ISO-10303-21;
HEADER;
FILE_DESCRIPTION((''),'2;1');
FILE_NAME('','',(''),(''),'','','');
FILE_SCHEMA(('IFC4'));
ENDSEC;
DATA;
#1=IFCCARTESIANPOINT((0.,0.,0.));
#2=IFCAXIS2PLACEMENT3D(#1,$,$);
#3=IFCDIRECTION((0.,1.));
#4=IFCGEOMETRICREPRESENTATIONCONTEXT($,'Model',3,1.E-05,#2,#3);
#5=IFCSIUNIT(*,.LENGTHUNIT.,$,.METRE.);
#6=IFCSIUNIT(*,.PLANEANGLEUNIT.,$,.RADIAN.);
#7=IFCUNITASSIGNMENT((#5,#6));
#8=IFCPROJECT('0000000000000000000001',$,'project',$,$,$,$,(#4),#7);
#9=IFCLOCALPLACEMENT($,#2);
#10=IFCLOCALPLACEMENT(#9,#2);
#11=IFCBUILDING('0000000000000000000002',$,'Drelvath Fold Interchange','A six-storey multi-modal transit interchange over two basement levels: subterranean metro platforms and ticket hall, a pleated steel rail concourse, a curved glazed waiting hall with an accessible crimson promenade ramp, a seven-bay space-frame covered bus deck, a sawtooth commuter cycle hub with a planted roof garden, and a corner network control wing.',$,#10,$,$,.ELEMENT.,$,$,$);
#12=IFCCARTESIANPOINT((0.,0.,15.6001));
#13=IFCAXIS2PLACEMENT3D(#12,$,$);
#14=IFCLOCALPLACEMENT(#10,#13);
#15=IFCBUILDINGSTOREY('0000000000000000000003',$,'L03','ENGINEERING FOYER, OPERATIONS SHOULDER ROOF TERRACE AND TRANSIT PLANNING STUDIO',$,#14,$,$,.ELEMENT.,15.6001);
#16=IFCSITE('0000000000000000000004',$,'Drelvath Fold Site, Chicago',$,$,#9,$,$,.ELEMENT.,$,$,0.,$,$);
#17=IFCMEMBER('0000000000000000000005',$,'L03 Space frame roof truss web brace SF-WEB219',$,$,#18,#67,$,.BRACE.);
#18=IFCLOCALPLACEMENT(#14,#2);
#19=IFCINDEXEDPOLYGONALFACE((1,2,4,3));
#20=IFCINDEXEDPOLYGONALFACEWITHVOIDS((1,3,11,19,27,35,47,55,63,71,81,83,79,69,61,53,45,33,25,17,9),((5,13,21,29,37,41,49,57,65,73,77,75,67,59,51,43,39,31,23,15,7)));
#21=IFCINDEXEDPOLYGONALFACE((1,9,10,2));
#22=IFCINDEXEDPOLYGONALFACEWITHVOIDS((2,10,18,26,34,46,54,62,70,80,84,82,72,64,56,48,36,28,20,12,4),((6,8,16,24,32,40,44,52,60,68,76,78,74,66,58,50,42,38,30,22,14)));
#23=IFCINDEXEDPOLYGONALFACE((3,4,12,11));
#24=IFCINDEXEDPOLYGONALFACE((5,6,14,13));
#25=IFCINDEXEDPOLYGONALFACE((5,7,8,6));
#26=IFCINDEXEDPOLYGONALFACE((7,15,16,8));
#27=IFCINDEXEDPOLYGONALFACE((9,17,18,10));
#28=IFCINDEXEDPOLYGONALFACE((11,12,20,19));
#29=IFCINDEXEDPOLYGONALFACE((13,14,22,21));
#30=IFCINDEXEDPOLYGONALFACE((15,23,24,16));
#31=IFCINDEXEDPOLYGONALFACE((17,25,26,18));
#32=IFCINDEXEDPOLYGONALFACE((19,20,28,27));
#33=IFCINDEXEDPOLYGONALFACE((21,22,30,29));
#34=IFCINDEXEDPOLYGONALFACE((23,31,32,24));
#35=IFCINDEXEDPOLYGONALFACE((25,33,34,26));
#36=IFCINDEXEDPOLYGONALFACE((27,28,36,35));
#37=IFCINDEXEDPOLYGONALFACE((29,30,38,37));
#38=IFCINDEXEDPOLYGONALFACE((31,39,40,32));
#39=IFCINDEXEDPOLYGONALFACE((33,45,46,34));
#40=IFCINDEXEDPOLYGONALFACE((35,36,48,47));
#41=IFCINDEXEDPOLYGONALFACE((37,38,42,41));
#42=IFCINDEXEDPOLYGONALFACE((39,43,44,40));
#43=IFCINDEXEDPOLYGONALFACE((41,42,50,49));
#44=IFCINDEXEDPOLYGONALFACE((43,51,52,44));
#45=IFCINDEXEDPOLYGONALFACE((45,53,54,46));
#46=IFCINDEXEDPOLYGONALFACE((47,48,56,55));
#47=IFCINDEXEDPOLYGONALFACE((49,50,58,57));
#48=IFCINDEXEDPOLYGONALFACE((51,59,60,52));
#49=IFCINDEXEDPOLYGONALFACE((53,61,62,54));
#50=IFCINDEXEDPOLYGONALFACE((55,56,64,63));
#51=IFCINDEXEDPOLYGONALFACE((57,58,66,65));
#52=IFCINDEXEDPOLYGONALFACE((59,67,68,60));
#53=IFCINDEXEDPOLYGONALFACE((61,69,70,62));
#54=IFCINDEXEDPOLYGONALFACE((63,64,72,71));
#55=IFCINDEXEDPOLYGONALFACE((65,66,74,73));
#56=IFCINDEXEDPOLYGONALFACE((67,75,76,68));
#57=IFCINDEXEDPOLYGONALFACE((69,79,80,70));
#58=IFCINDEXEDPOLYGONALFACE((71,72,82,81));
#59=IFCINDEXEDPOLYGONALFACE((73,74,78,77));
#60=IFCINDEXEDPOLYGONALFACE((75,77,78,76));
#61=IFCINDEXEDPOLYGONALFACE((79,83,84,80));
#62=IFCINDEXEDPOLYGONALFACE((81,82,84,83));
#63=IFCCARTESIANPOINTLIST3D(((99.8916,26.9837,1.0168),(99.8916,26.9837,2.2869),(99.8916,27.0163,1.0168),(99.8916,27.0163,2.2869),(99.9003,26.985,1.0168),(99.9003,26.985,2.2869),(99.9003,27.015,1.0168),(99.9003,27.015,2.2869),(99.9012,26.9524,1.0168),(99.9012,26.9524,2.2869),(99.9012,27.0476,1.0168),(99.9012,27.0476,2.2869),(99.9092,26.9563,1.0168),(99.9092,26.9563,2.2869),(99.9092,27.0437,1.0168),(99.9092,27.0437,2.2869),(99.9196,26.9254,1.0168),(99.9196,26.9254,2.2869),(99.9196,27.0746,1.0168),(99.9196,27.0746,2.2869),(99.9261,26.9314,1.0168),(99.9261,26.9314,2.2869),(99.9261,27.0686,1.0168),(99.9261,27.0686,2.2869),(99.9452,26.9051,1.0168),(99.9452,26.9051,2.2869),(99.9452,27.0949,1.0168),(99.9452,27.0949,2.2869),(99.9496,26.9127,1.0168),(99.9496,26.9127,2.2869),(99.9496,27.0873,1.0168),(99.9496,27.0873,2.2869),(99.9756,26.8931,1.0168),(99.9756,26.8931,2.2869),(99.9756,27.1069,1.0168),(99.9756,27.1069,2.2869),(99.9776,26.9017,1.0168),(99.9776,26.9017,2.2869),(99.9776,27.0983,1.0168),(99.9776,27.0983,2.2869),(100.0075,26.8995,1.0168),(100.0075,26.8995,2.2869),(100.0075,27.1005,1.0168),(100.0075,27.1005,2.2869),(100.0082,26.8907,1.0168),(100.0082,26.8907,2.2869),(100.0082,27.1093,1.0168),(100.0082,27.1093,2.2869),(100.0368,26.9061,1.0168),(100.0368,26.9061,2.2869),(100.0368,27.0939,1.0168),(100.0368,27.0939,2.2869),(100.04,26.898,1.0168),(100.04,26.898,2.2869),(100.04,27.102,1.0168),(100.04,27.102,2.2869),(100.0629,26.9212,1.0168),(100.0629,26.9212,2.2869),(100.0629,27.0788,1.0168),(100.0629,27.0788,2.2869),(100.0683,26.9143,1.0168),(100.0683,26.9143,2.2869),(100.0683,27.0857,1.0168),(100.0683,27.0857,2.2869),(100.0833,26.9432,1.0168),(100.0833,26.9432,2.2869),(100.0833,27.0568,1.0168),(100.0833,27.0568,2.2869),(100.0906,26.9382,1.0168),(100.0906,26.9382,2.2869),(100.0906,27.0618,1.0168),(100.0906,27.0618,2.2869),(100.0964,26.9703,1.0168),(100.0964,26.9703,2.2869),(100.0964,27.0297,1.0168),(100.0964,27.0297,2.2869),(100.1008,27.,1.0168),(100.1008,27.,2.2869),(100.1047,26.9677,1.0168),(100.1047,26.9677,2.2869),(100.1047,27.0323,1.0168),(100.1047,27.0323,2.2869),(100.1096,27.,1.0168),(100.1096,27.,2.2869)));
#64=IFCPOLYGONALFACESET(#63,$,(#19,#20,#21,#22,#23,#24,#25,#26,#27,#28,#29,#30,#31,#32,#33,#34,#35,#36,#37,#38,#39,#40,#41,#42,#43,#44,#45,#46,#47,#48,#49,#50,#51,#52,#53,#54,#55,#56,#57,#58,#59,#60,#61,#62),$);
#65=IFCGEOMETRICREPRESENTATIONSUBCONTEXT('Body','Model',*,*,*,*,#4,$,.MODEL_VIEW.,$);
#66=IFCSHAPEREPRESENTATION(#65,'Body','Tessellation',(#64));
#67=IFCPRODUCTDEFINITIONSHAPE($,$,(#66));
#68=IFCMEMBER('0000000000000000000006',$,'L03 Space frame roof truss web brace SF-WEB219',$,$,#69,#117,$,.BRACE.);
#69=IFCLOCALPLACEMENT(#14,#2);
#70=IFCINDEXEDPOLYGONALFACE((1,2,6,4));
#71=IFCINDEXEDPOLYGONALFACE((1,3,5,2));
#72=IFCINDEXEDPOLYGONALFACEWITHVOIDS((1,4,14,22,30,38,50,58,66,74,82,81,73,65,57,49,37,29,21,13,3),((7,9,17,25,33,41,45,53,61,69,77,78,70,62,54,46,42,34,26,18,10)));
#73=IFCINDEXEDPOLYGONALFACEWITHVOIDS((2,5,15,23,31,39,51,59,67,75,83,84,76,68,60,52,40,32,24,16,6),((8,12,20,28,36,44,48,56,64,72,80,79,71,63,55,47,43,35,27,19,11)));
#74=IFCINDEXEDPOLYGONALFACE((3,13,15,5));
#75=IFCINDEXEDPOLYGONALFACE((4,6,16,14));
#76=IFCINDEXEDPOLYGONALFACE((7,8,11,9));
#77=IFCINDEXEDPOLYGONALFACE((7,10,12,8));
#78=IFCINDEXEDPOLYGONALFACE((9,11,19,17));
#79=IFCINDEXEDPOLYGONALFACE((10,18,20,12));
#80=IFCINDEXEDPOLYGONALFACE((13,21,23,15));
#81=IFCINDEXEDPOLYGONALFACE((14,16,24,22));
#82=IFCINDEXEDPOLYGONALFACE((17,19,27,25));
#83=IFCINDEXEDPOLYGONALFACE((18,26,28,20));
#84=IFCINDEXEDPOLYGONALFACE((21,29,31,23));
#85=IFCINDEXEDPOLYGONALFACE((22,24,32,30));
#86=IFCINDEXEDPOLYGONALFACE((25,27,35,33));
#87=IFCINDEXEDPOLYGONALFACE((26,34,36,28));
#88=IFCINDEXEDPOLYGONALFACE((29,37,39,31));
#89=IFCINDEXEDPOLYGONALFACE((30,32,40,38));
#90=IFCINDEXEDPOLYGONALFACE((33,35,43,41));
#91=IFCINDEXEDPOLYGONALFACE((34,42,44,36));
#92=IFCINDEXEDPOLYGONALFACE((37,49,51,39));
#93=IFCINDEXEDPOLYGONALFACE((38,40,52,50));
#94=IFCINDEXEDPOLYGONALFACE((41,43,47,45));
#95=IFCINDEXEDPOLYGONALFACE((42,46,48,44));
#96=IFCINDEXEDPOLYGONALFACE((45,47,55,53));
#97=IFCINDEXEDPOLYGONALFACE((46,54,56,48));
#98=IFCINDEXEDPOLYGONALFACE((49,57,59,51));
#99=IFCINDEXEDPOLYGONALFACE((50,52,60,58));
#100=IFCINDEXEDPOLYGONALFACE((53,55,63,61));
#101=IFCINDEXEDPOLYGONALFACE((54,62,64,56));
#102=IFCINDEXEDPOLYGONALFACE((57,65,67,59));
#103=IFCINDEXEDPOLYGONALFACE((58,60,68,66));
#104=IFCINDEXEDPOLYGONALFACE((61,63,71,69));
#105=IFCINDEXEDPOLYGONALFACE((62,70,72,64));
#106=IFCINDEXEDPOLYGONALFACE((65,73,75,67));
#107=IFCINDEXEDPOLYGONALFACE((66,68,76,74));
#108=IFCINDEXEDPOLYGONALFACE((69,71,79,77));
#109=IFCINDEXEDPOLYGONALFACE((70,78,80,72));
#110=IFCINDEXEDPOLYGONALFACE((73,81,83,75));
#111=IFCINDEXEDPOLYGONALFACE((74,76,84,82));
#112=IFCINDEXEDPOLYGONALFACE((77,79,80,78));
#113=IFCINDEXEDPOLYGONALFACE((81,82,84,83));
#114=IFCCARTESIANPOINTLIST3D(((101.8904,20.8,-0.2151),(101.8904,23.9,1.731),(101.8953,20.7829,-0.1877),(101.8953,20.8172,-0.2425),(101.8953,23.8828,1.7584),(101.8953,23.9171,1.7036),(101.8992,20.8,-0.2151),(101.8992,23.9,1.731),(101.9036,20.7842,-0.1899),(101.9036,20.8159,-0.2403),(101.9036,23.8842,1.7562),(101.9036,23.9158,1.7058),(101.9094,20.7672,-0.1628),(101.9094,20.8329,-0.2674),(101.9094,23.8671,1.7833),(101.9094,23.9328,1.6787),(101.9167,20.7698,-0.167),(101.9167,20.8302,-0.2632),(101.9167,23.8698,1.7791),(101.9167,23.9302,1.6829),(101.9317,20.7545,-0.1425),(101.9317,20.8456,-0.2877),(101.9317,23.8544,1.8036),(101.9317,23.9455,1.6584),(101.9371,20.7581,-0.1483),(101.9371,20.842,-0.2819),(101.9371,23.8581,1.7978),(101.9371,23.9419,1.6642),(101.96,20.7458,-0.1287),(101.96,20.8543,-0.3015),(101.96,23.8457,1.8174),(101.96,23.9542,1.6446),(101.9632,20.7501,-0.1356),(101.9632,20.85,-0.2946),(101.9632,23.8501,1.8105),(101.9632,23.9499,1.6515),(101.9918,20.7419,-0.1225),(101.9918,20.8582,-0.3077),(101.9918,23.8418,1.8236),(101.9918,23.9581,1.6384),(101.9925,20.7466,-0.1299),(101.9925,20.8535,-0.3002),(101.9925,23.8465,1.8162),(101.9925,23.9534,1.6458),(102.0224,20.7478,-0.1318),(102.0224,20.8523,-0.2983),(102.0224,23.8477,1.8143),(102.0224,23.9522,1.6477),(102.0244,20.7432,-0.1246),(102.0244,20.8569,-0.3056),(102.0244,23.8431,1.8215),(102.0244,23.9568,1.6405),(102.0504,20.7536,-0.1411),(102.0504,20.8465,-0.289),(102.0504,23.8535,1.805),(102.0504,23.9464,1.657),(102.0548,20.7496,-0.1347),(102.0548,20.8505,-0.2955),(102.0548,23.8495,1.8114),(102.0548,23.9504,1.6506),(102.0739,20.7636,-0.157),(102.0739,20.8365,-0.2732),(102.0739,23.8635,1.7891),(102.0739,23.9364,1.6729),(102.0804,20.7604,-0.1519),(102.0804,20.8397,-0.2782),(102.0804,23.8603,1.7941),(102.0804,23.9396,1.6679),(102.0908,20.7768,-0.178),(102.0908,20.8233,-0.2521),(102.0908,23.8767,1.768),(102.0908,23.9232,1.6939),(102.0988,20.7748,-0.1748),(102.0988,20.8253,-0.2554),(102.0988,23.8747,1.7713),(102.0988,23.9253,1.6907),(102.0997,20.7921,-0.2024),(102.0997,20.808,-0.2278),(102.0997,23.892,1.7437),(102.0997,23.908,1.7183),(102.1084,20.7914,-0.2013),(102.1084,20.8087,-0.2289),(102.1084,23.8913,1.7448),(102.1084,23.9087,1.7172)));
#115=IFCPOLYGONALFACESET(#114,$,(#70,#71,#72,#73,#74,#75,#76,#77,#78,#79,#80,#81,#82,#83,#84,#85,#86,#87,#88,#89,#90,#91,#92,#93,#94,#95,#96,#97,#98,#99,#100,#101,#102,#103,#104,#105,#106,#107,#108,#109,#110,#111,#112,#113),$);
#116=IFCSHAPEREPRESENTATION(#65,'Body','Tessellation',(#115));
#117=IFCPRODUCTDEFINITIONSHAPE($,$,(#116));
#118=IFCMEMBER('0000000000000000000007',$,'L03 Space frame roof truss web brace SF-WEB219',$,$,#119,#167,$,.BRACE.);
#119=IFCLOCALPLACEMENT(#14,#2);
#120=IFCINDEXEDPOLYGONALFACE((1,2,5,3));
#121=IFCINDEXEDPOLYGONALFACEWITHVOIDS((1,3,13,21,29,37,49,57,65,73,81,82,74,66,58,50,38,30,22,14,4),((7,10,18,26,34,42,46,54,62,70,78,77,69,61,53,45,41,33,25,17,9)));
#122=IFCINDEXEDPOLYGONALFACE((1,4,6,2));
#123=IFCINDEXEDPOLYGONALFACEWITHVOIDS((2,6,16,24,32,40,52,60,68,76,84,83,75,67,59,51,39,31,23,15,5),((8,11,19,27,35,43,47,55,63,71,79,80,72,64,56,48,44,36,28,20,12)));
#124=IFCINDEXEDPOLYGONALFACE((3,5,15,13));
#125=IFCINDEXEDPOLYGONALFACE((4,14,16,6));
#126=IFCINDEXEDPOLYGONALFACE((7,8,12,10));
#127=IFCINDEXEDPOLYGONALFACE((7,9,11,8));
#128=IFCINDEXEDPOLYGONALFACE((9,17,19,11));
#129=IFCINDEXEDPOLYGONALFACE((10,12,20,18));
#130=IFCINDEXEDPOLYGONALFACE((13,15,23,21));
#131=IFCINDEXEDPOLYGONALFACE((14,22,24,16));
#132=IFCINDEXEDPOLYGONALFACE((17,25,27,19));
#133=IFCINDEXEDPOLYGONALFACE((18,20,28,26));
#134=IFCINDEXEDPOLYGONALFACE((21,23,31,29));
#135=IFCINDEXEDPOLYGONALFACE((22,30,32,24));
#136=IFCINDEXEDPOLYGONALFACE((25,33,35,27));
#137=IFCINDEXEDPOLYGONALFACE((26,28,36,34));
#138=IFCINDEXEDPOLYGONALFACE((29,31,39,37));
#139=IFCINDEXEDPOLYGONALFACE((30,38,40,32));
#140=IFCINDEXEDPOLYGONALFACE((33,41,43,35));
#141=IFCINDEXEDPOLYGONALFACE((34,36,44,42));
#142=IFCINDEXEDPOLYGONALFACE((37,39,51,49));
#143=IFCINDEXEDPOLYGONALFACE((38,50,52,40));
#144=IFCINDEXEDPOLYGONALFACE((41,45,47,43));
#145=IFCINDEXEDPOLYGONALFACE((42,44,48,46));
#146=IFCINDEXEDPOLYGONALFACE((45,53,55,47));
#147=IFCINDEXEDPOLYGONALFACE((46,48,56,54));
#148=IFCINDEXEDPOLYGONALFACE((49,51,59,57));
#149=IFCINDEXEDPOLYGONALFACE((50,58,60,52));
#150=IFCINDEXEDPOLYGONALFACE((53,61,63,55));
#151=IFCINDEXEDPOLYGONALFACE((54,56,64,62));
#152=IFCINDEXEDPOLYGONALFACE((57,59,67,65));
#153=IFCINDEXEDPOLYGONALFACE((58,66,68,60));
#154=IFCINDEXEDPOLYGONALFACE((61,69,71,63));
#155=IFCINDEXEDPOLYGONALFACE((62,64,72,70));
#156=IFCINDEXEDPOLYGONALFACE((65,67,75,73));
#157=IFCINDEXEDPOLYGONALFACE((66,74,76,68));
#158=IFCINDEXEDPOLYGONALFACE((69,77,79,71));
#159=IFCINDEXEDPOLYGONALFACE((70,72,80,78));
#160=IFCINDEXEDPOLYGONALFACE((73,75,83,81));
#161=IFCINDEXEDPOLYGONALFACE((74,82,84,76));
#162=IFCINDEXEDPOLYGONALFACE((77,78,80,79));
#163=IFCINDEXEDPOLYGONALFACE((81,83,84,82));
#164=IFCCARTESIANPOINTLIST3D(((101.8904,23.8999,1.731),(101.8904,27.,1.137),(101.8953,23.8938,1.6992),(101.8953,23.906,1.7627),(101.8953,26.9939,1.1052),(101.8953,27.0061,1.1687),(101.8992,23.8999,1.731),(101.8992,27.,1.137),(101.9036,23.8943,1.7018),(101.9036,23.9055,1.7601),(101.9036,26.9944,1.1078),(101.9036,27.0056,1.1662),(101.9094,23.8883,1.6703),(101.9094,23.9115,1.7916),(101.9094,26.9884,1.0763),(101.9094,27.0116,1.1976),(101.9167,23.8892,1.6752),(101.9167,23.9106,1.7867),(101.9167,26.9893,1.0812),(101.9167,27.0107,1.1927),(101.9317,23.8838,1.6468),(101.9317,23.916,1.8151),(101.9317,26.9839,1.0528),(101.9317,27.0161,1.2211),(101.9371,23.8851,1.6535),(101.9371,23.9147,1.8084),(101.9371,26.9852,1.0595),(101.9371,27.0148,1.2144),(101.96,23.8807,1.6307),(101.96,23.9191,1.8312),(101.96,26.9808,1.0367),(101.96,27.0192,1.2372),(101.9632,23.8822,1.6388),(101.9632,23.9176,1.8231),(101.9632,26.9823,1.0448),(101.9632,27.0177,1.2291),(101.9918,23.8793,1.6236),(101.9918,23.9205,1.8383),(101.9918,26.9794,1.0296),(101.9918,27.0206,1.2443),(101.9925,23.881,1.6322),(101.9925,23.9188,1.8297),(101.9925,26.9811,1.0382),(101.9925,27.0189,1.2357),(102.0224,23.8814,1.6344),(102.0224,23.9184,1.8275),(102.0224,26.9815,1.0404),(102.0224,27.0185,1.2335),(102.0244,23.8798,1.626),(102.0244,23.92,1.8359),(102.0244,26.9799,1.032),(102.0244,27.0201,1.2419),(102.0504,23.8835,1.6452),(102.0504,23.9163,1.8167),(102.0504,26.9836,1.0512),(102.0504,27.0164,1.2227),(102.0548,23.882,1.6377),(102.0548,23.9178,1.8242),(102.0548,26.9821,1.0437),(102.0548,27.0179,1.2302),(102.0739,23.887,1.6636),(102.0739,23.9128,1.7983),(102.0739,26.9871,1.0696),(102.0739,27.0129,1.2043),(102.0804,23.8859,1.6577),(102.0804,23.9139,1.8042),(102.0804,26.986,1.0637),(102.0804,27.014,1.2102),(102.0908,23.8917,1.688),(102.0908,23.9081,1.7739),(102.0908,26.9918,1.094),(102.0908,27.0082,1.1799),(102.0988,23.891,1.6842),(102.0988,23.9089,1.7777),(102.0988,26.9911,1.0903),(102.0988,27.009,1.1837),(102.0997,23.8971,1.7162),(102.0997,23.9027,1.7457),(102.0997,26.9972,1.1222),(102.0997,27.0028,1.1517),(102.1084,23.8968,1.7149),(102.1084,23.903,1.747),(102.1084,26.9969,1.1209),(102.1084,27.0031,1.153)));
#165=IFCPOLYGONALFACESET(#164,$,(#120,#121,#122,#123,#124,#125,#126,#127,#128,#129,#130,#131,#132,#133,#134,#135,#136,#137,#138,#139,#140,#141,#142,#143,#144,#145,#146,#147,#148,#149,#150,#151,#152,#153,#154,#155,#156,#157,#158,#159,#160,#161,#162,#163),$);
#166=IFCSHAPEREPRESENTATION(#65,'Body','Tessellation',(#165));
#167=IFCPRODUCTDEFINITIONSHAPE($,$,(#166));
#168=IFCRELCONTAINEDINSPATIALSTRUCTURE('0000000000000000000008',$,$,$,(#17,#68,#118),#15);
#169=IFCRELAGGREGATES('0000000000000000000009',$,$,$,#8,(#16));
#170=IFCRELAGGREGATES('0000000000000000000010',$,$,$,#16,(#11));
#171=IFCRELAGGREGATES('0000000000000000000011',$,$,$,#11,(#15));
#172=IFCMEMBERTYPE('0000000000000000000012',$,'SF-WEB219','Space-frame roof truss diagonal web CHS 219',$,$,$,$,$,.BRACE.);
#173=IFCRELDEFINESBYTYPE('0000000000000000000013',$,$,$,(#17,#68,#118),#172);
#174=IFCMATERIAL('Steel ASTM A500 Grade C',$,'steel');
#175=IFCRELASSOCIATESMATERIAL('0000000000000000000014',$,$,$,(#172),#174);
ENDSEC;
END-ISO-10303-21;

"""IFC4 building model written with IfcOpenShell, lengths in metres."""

from ifc_helpers import new_model, si_unit, direction, frame, origin, origin_2d, place, context, subcontext, project, spatial, hollow_circle, extrude, material, material_profile, profile_set, type_object, element, save


model = new_model("IFC4")

# Units and contexts
model_context = context("Model", 3, precision=1e-05, world=origin(), true_north=direction((0.0, 1.0)))
body_context = subcontext(model_context, "Body", "Model", "MODEL_VIEW")
ifc_project = project(units=[si_unit("LENGTHUNIT", "METRE"), si_unit("PLANEANGLEUNIT", "RADIAN")], contexts=[model_context])

# Site, building, storey
site_placement = place(None, origin())
site = spatial("IfcSite", under=ifc_project, at=site_placement, Name="Drelvath Fold Site, Chicago", CompositionType="ELEMENT", RefElevation=0.0)
building_placement = place(site_placement, origin())
building = spatial("IfcBuilding", under=site, at=building_placement, Name="Drelvath Fold Interchange", Description="A six-storey multi-modal transit interchange over two basement levels: subterranean metro platforms and ticket hall, a pleated steel rail concourse, a curved glazed waiting hall with an accessible crimson promenade ramp, a seven-bay space-frame covered bus deck, a sawtooth commuter cycle hub with a planted roof garden, and a corner network control wing.", CompositionType="ELEMENT")
storey_placement = place(building_placement, frame((0.0, 0.0, 15.6001)))
storey = spatial("IfcBuildingStorey", under=building, at=storey_placement, Name="L03", Description="ENGINEERING FOYER, OPERATIONS SHOULDER ROOF TERRACE AND TRANSIT PLANNING STUDIO", CompositionType="ELEMENT", Elevation=15.6001)

# Shared definitions
ifc_material_1 = material(Name="Steel ASTM A500 Grade C", Category="steel")

# Members
ifc_material_profile_1 = material_profile(ifc_material_1, hollow_circle(Radius=0.1096, WallThickness=0.0088, at=origin_2d()), Name="HSS8.625X0.375")
ifc_profile_set_1 = profile_set([ifc_material_profile_1], Name="Steel ASTM A500 Grade C")
member_type_1 = type_object("IfcMemberType", Name="SF-WEB219", Description="Space-frame roof truss diagonal web CHS 219", PredefinedType="BRACE", material=ifc_profile_set_1)
for number, where, z_axis, x_axis, name in (
    (1, (100.0, 27.0, 1.0168), (0.0, 0.0, 1.0), (1.0, 0.0, 0.0), "L03 Space frame roof truss web brace SF-WEB219"),
):
    element("IfcMember", number, at=place(storey_placement, frame(where, z_axis=z_axis, x_axis=x_axis)), inside=storey, type_object=member_type_1, Name=name, PredefinedType="BRACE", context=body_context, shape_type="SweptSolid", body=[
        extrude(hollow_circle(Radius=0.1096, WallThickness=0.0088, at=origin_2d()), origin(), (0.0, 0.0, 1.0), 1.27),
    ])
member_1_placement = place(storey_placement, frame((102.0, 20.8, -0.2151), z_axis=(0.0, 0.846936, 0.531695), x_axis=(-1.0, 0.0, 0.0)))
element("IfcMember", 2, at=member_1_placement, inside=storey, type_object=member_type_1, Name="L03 Space frame roof truss web brace SF-WEB219", PredefinedType="BRACE", context=body_context, shape_type="SweptSolid", body=[
    extrude(hollow_circle(Radius=0.1096, WallThickness=0.0088, at=origin_2d()), origin(), (0.0, 0.0, 1.0), 3.6602),
])
member_2_placement = place(storey_placement, frame((102.0, 23.8999, 1.731), z_axis=(0.0, 0.982134, -0.188182), x_axis=(-1.0, 0.0, 0.0)))
element("IfcMember", 3, at=member_2_placement, inside=storey, type_object=member_type_1, Name="L03 Space frame roof truss web brace SF-WEB219", PredefinedType="BRACE", context=body_context, shape_type="SweptSolid", body=[
    extrude(hollow_circle(Radius=0.1096, WallThickness=0.0088, at=origin_2d()), origin(), (0.0, 0.0, 1.0), 3.1565),
])

save(model, "model.ifc")
